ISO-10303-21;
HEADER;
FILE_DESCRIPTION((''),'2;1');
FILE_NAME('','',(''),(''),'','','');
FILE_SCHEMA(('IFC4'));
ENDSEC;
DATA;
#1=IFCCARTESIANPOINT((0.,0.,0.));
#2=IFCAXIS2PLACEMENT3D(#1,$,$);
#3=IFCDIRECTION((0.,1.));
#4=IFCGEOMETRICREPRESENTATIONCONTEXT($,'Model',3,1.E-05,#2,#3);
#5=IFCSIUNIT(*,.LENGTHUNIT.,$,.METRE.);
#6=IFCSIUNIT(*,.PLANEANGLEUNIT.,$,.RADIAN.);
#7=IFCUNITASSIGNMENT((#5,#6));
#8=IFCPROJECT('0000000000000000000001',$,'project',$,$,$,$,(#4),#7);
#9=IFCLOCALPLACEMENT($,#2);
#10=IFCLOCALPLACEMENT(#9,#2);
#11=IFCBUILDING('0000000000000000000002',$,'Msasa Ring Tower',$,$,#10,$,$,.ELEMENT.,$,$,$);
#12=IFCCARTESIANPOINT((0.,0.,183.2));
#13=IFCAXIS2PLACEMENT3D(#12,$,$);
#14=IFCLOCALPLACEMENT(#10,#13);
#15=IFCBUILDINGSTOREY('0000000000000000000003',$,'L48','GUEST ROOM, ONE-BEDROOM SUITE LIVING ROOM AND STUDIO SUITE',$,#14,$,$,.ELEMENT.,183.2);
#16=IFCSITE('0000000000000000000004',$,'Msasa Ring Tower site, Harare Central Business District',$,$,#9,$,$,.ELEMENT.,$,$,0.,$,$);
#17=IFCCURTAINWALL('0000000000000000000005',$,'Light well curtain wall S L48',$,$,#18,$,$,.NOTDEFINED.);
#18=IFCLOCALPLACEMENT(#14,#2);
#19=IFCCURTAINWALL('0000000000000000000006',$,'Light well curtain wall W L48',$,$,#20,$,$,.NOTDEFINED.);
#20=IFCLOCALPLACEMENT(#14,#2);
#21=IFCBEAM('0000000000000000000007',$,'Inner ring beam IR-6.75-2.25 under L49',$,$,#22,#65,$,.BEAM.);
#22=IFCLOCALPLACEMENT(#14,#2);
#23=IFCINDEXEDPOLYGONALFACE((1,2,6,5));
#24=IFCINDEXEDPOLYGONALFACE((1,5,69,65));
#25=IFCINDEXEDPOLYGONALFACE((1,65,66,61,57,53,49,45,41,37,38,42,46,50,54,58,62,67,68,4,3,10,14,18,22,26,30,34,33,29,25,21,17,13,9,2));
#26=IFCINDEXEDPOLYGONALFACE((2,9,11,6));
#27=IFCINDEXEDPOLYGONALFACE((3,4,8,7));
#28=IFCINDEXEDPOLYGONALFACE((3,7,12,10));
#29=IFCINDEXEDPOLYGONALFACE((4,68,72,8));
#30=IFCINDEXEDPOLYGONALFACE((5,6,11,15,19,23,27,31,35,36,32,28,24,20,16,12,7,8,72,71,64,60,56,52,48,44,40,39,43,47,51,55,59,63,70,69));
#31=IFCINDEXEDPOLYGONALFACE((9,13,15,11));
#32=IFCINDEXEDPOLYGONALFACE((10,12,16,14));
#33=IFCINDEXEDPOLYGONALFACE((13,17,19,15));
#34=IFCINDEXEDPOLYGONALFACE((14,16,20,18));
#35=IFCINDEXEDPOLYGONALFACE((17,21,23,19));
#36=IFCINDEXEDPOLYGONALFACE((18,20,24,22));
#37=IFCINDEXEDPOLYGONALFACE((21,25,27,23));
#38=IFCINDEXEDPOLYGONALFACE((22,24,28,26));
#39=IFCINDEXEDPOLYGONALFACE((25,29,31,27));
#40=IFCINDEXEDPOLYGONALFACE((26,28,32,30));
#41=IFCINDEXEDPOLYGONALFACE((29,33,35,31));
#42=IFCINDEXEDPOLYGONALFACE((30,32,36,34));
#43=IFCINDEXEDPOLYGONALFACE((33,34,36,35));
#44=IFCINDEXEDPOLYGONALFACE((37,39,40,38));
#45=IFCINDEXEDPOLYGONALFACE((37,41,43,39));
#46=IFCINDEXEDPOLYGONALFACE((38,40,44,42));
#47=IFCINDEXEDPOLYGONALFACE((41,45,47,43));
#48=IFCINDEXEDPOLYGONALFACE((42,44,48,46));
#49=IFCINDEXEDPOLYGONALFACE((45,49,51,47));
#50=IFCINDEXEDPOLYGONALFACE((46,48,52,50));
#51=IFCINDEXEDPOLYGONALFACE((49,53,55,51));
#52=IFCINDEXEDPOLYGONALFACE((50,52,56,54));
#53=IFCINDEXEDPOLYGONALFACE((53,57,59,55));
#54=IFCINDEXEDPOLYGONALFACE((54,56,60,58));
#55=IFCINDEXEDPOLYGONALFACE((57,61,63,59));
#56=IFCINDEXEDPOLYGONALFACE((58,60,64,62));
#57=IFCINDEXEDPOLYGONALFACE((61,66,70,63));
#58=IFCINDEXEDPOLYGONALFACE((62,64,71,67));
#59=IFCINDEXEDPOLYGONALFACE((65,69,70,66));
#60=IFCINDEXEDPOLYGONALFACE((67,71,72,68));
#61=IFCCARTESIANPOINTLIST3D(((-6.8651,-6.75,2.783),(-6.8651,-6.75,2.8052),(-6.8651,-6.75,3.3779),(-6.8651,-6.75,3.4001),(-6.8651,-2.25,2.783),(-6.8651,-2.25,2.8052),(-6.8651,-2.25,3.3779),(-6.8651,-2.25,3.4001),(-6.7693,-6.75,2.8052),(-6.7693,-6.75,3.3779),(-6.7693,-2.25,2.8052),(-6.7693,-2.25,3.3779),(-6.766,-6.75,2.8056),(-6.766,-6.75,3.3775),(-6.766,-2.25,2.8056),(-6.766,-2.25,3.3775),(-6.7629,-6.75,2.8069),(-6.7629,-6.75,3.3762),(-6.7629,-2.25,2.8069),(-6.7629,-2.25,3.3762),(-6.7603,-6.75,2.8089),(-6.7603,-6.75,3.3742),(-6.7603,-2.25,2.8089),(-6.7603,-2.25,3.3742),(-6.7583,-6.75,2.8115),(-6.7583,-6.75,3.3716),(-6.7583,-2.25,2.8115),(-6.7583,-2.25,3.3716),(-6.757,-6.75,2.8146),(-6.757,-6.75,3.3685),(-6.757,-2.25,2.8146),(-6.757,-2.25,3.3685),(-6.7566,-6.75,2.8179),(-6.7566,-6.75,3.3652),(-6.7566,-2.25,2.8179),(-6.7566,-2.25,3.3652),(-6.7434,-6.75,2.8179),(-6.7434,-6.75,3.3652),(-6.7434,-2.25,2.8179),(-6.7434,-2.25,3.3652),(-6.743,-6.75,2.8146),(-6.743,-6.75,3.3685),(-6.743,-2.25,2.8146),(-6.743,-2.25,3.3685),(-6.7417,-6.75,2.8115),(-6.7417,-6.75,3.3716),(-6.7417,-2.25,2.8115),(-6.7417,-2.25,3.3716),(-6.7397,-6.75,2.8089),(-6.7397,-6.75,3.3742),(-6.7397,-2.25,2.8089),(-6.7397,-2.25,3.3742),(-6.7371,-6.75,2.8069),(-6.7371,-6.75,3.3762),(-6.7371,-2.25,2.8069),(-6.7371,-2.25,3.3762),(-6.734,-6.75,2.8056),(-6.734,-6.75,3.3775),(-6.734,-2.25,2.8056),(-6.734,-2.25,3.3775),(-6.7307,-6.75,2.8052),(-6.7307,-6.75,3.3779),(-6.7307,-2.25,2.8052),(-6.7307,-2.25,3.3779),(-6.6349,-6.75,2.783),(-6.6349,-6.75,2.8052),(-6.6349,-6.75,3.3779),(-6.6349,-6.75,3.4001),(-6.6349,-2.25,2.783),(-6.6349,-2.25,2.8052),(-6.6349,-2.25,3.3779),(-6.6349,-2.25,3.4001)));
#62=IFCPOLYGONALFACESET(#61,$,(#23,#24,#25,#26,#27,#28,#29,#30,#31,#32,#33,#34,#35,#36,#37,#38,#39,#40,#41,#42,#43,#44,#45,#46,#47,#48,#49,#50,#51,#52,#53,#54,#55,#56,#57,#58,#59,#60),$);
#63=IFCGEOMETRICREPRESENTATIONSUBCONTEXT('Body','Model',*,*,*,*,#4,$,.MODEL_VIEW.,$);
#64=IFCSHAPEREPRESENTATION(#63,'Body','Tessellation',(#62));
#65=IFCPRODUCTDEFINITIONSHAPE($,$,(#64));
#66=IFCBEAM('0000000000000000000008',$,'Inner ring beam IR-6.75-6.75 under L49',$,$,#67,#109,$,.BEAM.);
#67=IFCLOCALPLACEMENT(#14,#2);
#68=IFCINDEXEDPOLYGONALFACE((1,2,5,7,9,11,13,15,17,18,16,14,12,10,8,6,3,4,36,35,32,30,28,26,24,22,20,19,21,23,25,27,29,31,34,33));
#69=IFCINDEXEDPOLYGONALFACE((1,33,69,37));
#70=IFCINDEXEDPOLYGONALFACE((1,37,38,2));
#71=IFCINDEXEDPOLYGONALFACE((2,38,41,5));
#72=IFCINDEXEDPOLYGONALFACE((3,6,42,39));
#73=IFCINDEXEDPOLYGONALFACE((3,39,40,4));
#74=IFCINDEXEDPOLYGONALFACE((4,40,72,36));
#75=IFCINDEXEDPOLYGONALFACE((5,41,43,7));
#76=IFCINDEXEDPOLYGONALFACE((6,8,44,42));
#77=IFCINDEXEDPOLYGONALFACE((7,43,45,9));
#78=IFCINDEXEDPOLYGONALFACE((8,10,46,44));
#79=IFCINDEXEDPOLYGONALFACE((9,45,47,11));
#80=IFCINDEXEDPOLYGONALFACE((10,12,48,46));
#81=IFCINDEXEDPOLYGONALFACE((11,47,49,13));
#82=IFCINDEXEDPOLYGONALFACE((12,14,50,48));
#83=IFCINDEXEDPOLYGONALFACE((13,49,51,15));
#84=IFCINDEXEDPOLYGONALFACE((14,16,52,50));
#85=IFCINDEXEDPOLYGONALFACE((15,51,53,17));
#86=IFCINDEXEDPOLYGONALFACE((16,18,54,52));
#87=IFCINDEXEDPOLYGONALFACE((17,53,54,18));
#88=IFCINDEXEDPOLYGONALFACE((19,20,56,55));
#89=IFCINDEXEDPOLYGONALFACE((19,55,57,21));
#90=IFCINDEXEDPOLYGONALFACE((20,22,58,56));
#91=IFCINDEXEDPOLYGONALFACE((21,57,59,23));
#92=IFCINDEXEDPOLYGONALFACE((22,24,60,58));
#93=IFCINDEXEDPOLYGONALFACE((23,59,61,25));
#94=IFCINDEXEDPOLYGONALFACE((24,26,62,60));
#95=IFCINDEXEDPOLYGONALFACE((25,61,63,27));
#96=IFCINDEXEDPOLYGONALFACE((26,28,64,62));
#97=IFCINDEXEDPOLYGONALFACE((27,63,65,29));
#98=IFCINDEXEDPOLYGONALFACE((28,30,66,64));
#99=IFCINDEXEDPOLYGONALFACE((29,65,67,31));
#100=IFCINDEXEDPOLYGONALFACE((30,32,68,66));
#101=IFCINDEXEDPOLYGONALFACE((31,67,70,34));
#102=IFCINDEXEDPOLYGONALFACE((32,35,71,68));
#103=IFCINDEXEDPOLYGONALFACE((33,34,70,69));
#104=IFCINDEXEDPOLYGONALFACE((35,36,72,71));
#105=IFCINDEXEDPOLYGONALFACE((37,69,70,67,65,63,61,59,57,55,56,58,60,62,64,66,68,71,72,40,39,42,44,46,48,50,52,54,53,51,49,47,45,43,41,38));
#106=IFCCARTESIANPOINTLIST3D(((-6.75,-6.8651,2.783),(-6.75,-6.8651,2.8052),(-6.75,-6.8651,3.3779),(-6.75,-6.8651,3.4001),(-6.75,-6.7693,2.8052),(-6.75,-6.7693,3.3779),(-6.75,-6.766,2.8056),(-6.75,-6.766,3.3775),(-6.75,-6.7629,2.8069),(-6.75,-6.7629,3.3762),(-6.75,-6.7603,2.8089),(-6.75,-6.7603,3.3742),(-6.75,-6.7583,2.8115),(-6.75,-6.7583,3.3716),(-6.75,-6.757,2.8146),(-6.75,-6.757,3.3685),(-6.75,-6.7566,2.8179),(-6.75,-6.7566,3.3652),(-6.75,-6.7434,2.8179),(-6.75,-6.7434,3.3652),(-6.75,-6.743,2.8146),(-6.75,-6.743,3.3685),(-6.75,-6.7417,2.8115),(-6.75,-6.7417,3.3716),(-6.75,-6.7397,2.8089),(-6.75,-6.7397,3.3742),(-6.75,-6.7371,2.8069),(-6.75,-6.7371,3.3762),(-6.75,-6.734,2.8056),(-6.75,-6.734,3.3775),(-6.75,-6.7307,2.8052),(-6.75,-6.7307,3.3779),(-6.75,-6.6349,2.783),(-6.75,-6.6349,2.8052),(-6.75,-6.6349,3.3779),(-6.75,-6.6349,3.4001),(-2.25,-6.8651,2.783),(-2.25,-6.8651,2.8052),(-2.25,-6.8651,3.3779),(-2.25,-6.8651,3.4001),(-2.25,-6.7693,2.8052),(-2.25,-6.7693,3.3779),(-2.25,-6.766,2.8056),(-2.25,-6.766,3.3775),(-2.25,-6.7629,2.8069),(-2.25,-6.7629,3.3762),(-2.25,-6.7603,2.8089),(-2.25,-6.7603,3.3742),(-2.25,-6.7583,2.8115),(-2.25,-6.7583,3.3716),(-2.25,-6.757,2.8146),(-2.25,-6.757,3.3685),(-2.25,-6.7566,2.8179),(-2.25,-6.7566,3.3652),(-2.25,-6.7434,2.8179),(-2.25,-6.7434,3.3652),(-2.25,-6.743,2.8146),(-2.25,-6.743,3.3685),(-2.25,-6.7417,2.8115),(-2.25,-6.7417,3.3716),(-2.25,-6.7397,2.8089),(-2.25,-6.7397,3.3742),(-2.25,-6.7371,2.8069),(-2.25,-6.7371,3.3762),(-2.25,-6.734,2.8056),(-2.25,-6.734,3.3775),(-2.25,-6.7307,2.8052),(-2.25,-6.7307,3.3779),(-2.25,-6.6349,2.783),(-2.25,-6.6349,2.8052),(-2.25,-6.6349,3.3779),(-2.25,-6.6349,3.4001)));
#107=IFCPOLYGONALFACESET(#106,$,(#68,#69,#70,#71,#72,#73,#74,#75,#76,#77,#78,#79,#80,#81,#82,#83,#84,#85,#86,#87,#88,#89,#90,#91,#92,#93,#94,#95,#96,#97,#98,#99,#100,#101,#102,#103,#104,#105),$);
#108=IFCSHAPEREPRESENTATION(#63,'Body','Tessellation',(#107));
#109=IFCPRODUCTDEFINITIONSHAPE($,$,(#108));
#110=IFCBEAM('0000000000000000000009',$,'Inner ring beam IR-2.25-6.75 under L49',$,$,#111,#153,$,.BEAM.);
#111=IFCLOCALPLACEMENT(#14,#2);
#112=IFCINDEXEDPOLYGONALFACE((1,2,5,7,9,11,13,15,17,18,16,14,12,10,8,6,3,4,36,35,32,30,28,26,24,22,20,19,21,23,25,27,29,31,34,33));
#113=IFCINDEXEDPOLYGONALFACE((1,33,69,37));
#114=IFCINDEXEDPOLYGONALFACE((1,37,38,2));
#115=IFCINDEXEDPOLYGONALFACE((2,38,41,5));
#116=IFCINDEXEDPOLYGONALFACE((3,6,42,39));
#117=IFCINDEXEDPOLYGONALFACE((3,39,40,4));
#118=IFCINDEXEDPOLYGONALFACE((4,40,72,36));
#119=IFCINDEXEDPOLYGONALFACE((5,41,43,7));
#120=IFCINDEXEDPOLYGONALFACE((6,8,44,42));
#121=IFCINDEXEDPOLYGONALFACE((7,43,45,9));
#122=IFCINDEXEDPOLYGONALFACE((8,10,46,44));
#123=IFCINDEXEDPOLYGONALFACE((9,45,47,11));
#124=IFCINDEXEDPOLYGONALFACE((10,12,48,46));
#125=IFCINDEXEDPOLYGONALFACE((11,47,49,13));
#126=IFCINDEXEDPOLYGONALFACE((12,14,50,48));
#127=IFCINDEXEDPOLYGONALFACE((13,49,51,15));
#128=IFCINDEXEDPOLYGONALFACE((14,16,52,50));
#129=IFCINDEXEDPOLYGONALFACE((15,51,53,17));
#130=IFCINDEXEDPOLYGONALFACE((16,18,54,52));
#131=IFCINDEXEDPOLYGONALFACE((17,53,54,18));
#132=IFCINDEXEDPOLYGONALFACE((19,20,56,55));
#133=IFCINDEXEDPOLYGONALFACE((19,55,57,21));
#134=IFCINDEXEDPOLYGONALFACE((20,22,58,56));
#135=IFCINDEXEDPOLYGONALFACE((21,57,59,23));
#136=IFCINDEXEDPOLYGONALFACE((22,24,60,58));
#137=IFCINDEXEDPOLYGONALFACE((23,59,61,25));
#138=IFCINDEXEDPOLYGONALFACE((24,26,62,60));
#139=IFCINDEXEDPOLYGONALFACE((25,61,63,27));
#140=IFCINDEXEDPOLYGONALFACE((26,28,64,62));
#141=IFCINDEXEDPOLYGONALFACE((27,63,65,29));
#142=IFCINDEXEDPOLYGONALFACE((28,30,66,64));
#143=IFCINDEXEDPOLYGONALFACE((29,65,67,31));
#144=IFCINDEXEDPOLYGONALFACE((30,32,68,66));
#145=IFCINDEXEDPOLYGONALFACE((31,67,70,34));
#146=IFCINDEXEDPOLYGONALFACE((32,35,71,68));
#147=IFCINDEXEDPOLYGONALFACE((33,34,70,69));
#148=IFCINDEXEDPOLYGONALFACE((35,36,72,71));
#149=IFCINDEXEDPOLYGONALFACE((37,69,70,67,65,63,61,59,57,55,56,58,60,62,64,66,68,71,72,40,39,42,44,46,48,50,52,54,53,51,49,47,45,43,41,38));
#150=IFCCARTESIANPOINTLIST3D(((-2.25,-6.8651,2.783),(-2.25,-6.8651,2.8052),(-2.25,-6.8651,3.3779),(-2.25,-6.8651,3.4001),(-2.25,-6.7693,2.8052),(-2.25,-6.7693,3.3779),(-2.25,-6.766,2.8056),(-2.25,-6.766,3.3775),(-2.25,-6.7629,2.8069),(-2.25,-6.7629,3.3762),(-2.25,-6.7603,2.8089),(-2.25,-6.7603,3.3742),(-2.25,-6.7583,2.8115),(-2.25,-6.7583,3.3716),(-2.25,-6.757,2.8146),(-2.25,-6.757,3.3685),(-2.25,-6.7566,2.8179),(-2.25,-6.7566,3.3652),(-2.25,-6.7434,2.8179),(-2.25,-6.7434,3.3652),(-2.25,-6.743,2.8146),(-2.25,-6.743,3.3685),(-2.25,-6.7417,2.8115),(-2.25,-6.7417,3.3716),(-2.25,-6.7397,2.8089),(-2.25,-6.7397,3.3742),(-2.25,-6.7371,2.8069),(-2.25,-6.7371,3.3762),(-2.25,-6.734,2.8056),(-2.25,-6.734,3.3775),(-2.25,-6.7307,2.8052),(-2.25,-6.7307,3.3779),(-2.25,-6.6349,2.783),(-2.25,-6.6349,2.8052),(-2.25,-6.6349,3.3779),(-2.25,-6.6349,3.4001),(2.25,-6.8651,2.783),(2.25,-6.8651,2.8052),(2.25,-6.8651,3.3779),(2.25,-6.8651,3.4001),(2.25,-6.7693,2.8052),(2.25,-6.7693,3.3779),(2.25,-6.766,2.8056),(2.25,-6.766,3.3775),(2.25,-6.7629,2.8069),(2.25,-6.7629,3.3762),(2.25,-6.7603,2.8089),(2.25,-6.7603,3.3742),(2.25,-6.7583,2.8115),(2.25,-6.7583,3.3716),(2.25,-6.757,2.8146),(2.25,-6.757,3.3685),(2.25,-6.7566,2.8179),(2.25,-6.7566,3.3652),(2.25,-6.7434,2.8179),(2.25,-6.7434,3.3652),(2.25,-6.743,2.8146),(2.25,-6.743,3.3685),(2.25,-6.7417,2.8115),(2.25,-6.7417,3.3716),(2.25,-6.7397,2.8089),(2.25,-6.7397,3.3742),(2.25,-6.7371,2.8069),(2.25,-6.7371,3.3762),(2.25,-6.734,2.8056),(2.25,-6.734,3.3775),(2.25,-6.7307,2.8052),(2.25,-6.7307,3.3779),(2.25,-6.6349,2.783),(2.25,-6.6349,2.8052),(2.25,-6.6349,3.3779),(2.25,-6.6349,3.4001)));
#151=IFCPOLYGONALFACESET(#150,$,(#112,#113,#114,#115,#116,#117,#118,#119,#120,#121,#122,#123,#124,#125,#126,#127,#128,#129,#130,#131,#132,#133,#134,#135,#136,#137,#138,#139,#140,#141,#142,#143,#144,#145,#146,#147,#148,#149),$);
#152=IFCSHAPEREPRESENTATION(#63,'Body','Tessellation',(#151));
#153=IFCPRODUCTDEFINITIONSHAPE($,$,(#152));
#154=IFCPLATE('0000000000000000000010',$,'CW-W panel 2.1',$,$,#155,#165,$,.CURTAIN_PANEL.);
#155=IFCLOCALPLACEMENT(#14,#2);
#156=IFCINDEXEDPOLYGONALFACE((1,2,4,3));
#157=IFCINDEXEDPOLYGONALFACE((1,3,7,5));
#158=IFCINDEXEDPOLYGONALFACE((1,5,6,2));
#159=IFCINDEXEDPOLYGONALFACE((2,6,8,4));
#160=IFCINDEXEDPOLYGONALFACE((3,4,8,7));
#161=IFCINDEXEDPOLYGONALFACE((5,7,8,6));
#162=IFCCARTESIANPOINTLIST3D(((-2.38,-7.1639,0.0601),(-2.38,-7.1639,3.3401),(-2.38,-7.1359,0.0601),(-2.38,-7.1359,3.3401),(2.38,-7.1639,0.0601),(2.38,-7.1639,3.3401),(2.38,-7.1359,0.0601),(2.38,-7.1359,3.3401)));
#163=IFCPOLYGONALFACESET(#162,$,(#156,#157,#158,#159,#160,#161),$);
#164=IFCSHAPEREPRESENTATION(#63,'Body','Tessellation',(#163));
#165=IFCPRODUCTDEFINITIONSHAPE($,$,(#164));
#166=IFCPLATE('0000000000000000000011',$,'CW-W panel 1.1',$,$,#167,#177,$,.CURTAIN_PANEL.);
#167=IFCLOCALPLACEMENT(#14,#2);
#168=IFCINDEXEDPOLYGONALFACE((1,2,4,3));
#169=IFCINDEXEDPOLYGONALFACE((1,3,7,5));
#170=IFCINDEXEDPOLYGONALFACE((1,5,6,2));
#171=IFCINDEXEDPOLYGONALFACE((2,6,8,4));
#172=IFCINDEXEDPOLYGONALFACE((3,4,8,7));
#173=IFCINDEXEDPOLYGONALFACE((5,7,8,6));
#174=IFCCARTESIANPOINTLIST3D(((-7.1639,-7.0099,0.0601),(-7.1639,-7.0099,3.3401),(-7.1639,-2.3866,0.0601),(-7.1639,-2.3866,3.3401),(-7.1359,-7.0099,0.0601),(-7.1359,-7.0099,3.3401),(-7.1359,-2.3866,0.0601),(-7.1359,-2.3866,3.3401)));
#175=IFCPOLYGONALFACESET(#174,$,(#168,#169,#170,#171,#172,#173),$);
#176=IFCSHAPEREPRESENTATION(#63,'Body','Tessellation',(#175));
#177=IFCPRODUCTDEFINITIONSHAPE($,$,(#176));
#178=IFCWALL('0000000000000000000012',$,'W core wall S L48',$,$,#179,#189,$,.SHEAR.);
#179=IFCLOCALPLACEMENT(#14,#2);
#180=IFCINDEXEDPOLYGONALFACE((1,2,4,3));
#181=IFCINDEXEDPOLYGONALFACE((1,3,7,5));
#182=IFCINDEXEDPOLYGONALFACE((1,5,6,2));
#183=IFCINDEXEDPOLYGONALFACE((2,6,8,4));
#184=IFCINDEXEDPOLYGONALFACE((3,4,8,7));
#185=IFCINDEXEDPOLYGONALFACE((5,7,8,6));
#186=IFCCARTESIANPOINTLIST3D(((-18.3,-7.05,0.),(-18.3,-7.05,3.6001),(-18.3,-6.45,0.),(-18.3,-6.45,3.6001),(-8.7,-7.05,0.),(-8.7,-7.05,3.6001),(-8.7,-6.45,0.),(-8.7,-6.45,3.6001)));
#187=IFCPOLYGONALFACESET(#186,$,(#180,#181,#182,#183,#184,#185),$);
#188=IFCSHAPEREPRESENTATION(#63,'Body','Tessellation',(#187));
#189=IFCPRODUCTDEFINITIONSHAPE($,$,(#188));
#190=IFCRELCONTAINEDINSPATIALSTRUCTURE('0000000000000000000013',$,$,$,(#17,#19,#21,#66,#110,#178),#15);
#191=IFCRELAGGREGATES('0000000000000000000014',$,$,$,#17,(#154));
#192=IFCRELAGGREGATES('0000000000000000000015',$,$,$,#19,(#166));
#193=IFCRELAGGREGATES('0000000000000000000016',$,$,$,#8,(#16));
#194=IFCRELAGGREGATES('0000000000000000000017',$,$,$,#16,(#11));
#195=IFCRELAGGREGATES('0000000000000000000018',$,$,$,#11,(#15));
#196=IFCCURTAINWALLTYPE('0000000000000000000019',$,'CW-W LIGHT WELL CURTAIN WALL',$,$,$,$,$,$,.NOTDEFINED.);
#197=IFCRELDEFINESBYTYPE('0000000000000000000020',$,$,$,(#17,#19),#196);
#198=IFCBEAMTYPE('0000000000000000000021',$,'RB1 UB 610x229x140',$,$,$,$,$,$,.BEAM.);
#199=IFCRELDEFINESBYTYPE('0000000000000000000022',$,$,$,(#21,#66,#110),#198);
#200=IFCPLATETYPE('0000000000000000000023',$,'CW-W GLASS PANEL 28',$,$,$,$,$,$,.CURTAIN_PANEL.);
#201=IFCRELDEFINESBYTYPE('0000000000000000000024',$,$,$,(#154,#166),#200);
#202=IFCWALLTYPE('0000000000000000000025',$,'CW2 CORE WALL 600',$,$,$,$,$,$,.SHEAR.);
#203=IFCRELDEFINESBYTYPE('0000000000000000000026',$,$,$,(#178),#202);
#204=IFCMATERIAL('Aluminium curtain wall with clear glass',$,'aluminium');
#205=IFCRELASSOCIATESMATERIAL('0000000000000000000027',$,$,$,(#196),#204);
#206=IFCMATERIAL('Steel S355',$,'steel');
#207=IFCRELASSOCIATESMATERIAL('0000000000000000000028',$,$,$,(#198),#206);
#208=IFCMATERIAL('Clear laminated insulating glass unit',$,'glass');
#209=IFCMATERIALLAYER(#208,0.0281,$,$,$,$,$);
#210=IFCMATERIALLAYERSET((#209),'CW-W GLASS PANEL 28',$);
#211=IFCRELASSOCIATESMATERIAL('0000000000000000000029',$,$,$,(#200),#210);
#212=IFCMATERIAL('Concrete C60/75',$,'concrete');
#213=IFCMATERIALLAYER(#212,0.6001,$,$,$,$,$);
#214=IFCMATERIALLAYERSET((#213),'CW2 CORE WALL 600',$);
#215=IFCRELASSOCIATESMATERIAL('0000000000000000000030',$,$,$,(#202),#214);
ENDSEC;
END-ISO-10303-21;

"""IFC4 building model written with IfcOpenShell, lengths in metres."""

from ifc_helpers import new_model, si_unit, direction, frame, frame_2d, origin, origin_2d, place, context, subcontext, project, spatial, rectangle, i_section, extrude, material, layer, layer_set, material_profile, profile_set, type_object, element, aggregate, save


model = new_model("IFC4")

# Units and contexts
model_context = context("Model", 3, precision=1e-05, world=origin(), true_north=direction((0.0, 1.0)))
body_context = subcontext(model_context, "Body", "Model", "MODEL_VIEW")
ifc_project = project(units=[si_unit("LENGTHUNIT", "METRE"), si_unit("PLANEANGLEUNIT", "RADIAN")], contexts=[model_context])

# Site, building, storey
site_placement = place(None, origin())
site = spatial("IfcSite", under=ifc_project, at=site_placement, Name="Msasa Ring Tower site, Harare Central Business District", CompositionType="ELEMENT", RefElevation=0.0)
building_placement = place(site_placement, origin())
building = spatial("IfcBuilding", under=site, at=building_placement, Name="Msasa Ring Tower", CompositionType="ELEMENT")
storey_placement = place(building_placement, frame((0.0, 0.0, 183.2)))
storey = spatial("IfcBuildingStorey", under=building, at=storey_placement, Name="L48", Description="GUEST ROOM, ONE-BEDROOM SUITE LIVING ROOM AND STUDIO SUITE", CompositionType="ELEMENT", Elevation=183.2)

# Curtain wall
ifc_material_1 = material(Name="Aluminium curtain wall with clear glass", Category="aluminium")
curtain_wall_type = type_object("IfcCurtainWallType", Name="CW-W LIGHT WELL CURTAIN WALL", PredefinedType="NOTDEFINED", material=ifc_material_1)
curtain_wall_1_placement = place(storey_placement, origin())
curtain_wall_1 = element("IfcCurtainWall", 1, at=curtain_wall_1_placement, inside=storey, type_object=curtain_wall_type, Name="Light well curtain wall S L48", PredefinedType="NOTDEFINED")

# Curtain wall
curtain_wall_2_placement = place(storey_placement, origin())
curtain_wall_2 = element("IfcCurtainWall", 2, at=curtain_wall_2_placement, inside=storey, type_object=curtain_wall_type, Name="Light well curtain wall W L48", PredefinedType="NOTDEFINED")

# Beams
ifc_material_2 = material(Name="Steel S355", Category="steel")
ifc_material_profile_1 = material_profile(ifc_material_2, i_section(OverallWidth=0.2302, OverallDepth=0.6172, WebThickness=0.0132, FlangeThickness=0.0222, FilletRadius=0.0127, at=origin_2d()), Name="UB 610x229x140")
ifc_profile_set_1 = profile_set([ifc_material_profile_1], Name="Steel S355")
beam_type = type_object("IfcBeamType", Name="RB1 UB 610x229x140", PredefinedType="BEAM", material=ifc_profile_set_1)
for number, where, z_axis, x_axis, name in (
    (3, (-6.75, -2.25, 3.0916), (0.0, -1.0, 0.0), (1.0, 0.0, 0.0), "Inner ring beam IR-6.75-2.25 under L49"),
    (4, (-6.75, -6.75, 3.0916), (1.0, 0.0, 0.0), (0.0, 1.0, 0.0), "Inner ring beam IR-6.75-6.75 under L49"),
    (5, (-2.25, -6.75, 3.0916), (1.0, 0.0, 0.0), (0.0, 1.0, 0.0), "Inner ring beam IR-2.25-6.75 under L49"),
):
    element("IfcBeam", number, at=place(storey_placement, frame(where, z_axis=z_axis, x_axis=x_axis)), inside=storey, type_object=beam_type, Name=name, PredefinedType="BEAM", context=body_context, shape_type="SweptSolid", body=[
        extrude(i_section(OverallWidth=0.2302, OverallDepth=0.6172, WebThickness=0.0132, FlangeThickness=0.0222, FilletRadius=0.0127, at=origin_2d()), origin(), (0.0, 0.0, 1.0), 4.5),
    ])

# Plates
ifc_material_3 = material(Name="Clear laminated insulating glass unit", Category="glass")
ifc_layer_1 = layer(ifc_material_3, 0.0281)
ifc_layer_set_1 = layer_set([ifc_layer_1], Name="CW-W GLASS PANEL 28")
plate_type = type_object("IfcPlateType", Name="CW-W GLASS PANEL 28", PredefinedType="CURTAIN_PANEL", material=ifc_layer_set_1)
plate_1_placement = place(storey_placement, frame((0.0, -7.1499, 0.0601), z_axis=(0.0, 0.0, 1.0), x_axis=(1.0, 0.0, 0.0)))
plate_1 = element("IfcPlate", 6, at=plate_1_placement, type_object=plate_type, Name="CW-W panel 2.1", PredefinedType="CURTAIN_PANEL", context=body_context, shape_type="SweptSolid", body=[
    extrude(rectangle(XDim=4.76, YDim=0.0281, at=origin_2d()), origin(), (0.0, 0.0, 1.0), 3.28),
])
aggregate(curtain_wall_1, [plate_1])
plate_2_placement = place(storey_placement, frame((-7.1499, -4.6982, 0.0601), z_axis=(0.0, 0.0, 1.0), x_axis=(0.0, 1.0, 0.0)))
plate_2 = element("IfcPlate", 7, at=plate_2_placement, type_object=plate_type, Name="CW-W panel 1.1", PredefinedType="CURTAIN_PANEL", context=body_context, shape_type="SweptSolid", body=[
    extrude(rectangle(XDim=4.6233, YDim=0.0281, at=origin_2d()), origin(), (0.0, 0.0, 1.0), 3.28),
])
aggregate(curtain_wall_2, [plate_2])

# Wall
ifc_material_4 = material(Name="Concrete C60/75", Category="concrete")
ifc_layer_2 = layer(ifc_material_4, 0.6001)
ifc_layer_set_2 = layer_set([ifc_layer_2], Name="CW2 CORE WALL 600")
wall_type_1 = type_object("IfcWallType", Name="CW2 CORE WALL 600", PredefinedType="SHEAR", material=ifc_layer_set_2)
wall_1_placement = place(storey_placement, frame((-8.7, -6.75, 0.0), z_axis=(0.0, 0.0, 1.0), x_axis=(-1.0, 0.0, 0.0)))
element("IfcWall", 8, at=wall_1_placement, inside=storey, type_object=wall_type_1, Name="W core wall S L48", PredefinedType="SHEAR", context=body_context, shape_type="SweptSolid", body=[
    extrude(rectangle(XDim=9.6001, YDim=0.6001, at=frame_2d((4.8, 0.0))), origin(), (0.0, 0.0, 1.0), 3.6001),
])

save(model, "model.ifc")
